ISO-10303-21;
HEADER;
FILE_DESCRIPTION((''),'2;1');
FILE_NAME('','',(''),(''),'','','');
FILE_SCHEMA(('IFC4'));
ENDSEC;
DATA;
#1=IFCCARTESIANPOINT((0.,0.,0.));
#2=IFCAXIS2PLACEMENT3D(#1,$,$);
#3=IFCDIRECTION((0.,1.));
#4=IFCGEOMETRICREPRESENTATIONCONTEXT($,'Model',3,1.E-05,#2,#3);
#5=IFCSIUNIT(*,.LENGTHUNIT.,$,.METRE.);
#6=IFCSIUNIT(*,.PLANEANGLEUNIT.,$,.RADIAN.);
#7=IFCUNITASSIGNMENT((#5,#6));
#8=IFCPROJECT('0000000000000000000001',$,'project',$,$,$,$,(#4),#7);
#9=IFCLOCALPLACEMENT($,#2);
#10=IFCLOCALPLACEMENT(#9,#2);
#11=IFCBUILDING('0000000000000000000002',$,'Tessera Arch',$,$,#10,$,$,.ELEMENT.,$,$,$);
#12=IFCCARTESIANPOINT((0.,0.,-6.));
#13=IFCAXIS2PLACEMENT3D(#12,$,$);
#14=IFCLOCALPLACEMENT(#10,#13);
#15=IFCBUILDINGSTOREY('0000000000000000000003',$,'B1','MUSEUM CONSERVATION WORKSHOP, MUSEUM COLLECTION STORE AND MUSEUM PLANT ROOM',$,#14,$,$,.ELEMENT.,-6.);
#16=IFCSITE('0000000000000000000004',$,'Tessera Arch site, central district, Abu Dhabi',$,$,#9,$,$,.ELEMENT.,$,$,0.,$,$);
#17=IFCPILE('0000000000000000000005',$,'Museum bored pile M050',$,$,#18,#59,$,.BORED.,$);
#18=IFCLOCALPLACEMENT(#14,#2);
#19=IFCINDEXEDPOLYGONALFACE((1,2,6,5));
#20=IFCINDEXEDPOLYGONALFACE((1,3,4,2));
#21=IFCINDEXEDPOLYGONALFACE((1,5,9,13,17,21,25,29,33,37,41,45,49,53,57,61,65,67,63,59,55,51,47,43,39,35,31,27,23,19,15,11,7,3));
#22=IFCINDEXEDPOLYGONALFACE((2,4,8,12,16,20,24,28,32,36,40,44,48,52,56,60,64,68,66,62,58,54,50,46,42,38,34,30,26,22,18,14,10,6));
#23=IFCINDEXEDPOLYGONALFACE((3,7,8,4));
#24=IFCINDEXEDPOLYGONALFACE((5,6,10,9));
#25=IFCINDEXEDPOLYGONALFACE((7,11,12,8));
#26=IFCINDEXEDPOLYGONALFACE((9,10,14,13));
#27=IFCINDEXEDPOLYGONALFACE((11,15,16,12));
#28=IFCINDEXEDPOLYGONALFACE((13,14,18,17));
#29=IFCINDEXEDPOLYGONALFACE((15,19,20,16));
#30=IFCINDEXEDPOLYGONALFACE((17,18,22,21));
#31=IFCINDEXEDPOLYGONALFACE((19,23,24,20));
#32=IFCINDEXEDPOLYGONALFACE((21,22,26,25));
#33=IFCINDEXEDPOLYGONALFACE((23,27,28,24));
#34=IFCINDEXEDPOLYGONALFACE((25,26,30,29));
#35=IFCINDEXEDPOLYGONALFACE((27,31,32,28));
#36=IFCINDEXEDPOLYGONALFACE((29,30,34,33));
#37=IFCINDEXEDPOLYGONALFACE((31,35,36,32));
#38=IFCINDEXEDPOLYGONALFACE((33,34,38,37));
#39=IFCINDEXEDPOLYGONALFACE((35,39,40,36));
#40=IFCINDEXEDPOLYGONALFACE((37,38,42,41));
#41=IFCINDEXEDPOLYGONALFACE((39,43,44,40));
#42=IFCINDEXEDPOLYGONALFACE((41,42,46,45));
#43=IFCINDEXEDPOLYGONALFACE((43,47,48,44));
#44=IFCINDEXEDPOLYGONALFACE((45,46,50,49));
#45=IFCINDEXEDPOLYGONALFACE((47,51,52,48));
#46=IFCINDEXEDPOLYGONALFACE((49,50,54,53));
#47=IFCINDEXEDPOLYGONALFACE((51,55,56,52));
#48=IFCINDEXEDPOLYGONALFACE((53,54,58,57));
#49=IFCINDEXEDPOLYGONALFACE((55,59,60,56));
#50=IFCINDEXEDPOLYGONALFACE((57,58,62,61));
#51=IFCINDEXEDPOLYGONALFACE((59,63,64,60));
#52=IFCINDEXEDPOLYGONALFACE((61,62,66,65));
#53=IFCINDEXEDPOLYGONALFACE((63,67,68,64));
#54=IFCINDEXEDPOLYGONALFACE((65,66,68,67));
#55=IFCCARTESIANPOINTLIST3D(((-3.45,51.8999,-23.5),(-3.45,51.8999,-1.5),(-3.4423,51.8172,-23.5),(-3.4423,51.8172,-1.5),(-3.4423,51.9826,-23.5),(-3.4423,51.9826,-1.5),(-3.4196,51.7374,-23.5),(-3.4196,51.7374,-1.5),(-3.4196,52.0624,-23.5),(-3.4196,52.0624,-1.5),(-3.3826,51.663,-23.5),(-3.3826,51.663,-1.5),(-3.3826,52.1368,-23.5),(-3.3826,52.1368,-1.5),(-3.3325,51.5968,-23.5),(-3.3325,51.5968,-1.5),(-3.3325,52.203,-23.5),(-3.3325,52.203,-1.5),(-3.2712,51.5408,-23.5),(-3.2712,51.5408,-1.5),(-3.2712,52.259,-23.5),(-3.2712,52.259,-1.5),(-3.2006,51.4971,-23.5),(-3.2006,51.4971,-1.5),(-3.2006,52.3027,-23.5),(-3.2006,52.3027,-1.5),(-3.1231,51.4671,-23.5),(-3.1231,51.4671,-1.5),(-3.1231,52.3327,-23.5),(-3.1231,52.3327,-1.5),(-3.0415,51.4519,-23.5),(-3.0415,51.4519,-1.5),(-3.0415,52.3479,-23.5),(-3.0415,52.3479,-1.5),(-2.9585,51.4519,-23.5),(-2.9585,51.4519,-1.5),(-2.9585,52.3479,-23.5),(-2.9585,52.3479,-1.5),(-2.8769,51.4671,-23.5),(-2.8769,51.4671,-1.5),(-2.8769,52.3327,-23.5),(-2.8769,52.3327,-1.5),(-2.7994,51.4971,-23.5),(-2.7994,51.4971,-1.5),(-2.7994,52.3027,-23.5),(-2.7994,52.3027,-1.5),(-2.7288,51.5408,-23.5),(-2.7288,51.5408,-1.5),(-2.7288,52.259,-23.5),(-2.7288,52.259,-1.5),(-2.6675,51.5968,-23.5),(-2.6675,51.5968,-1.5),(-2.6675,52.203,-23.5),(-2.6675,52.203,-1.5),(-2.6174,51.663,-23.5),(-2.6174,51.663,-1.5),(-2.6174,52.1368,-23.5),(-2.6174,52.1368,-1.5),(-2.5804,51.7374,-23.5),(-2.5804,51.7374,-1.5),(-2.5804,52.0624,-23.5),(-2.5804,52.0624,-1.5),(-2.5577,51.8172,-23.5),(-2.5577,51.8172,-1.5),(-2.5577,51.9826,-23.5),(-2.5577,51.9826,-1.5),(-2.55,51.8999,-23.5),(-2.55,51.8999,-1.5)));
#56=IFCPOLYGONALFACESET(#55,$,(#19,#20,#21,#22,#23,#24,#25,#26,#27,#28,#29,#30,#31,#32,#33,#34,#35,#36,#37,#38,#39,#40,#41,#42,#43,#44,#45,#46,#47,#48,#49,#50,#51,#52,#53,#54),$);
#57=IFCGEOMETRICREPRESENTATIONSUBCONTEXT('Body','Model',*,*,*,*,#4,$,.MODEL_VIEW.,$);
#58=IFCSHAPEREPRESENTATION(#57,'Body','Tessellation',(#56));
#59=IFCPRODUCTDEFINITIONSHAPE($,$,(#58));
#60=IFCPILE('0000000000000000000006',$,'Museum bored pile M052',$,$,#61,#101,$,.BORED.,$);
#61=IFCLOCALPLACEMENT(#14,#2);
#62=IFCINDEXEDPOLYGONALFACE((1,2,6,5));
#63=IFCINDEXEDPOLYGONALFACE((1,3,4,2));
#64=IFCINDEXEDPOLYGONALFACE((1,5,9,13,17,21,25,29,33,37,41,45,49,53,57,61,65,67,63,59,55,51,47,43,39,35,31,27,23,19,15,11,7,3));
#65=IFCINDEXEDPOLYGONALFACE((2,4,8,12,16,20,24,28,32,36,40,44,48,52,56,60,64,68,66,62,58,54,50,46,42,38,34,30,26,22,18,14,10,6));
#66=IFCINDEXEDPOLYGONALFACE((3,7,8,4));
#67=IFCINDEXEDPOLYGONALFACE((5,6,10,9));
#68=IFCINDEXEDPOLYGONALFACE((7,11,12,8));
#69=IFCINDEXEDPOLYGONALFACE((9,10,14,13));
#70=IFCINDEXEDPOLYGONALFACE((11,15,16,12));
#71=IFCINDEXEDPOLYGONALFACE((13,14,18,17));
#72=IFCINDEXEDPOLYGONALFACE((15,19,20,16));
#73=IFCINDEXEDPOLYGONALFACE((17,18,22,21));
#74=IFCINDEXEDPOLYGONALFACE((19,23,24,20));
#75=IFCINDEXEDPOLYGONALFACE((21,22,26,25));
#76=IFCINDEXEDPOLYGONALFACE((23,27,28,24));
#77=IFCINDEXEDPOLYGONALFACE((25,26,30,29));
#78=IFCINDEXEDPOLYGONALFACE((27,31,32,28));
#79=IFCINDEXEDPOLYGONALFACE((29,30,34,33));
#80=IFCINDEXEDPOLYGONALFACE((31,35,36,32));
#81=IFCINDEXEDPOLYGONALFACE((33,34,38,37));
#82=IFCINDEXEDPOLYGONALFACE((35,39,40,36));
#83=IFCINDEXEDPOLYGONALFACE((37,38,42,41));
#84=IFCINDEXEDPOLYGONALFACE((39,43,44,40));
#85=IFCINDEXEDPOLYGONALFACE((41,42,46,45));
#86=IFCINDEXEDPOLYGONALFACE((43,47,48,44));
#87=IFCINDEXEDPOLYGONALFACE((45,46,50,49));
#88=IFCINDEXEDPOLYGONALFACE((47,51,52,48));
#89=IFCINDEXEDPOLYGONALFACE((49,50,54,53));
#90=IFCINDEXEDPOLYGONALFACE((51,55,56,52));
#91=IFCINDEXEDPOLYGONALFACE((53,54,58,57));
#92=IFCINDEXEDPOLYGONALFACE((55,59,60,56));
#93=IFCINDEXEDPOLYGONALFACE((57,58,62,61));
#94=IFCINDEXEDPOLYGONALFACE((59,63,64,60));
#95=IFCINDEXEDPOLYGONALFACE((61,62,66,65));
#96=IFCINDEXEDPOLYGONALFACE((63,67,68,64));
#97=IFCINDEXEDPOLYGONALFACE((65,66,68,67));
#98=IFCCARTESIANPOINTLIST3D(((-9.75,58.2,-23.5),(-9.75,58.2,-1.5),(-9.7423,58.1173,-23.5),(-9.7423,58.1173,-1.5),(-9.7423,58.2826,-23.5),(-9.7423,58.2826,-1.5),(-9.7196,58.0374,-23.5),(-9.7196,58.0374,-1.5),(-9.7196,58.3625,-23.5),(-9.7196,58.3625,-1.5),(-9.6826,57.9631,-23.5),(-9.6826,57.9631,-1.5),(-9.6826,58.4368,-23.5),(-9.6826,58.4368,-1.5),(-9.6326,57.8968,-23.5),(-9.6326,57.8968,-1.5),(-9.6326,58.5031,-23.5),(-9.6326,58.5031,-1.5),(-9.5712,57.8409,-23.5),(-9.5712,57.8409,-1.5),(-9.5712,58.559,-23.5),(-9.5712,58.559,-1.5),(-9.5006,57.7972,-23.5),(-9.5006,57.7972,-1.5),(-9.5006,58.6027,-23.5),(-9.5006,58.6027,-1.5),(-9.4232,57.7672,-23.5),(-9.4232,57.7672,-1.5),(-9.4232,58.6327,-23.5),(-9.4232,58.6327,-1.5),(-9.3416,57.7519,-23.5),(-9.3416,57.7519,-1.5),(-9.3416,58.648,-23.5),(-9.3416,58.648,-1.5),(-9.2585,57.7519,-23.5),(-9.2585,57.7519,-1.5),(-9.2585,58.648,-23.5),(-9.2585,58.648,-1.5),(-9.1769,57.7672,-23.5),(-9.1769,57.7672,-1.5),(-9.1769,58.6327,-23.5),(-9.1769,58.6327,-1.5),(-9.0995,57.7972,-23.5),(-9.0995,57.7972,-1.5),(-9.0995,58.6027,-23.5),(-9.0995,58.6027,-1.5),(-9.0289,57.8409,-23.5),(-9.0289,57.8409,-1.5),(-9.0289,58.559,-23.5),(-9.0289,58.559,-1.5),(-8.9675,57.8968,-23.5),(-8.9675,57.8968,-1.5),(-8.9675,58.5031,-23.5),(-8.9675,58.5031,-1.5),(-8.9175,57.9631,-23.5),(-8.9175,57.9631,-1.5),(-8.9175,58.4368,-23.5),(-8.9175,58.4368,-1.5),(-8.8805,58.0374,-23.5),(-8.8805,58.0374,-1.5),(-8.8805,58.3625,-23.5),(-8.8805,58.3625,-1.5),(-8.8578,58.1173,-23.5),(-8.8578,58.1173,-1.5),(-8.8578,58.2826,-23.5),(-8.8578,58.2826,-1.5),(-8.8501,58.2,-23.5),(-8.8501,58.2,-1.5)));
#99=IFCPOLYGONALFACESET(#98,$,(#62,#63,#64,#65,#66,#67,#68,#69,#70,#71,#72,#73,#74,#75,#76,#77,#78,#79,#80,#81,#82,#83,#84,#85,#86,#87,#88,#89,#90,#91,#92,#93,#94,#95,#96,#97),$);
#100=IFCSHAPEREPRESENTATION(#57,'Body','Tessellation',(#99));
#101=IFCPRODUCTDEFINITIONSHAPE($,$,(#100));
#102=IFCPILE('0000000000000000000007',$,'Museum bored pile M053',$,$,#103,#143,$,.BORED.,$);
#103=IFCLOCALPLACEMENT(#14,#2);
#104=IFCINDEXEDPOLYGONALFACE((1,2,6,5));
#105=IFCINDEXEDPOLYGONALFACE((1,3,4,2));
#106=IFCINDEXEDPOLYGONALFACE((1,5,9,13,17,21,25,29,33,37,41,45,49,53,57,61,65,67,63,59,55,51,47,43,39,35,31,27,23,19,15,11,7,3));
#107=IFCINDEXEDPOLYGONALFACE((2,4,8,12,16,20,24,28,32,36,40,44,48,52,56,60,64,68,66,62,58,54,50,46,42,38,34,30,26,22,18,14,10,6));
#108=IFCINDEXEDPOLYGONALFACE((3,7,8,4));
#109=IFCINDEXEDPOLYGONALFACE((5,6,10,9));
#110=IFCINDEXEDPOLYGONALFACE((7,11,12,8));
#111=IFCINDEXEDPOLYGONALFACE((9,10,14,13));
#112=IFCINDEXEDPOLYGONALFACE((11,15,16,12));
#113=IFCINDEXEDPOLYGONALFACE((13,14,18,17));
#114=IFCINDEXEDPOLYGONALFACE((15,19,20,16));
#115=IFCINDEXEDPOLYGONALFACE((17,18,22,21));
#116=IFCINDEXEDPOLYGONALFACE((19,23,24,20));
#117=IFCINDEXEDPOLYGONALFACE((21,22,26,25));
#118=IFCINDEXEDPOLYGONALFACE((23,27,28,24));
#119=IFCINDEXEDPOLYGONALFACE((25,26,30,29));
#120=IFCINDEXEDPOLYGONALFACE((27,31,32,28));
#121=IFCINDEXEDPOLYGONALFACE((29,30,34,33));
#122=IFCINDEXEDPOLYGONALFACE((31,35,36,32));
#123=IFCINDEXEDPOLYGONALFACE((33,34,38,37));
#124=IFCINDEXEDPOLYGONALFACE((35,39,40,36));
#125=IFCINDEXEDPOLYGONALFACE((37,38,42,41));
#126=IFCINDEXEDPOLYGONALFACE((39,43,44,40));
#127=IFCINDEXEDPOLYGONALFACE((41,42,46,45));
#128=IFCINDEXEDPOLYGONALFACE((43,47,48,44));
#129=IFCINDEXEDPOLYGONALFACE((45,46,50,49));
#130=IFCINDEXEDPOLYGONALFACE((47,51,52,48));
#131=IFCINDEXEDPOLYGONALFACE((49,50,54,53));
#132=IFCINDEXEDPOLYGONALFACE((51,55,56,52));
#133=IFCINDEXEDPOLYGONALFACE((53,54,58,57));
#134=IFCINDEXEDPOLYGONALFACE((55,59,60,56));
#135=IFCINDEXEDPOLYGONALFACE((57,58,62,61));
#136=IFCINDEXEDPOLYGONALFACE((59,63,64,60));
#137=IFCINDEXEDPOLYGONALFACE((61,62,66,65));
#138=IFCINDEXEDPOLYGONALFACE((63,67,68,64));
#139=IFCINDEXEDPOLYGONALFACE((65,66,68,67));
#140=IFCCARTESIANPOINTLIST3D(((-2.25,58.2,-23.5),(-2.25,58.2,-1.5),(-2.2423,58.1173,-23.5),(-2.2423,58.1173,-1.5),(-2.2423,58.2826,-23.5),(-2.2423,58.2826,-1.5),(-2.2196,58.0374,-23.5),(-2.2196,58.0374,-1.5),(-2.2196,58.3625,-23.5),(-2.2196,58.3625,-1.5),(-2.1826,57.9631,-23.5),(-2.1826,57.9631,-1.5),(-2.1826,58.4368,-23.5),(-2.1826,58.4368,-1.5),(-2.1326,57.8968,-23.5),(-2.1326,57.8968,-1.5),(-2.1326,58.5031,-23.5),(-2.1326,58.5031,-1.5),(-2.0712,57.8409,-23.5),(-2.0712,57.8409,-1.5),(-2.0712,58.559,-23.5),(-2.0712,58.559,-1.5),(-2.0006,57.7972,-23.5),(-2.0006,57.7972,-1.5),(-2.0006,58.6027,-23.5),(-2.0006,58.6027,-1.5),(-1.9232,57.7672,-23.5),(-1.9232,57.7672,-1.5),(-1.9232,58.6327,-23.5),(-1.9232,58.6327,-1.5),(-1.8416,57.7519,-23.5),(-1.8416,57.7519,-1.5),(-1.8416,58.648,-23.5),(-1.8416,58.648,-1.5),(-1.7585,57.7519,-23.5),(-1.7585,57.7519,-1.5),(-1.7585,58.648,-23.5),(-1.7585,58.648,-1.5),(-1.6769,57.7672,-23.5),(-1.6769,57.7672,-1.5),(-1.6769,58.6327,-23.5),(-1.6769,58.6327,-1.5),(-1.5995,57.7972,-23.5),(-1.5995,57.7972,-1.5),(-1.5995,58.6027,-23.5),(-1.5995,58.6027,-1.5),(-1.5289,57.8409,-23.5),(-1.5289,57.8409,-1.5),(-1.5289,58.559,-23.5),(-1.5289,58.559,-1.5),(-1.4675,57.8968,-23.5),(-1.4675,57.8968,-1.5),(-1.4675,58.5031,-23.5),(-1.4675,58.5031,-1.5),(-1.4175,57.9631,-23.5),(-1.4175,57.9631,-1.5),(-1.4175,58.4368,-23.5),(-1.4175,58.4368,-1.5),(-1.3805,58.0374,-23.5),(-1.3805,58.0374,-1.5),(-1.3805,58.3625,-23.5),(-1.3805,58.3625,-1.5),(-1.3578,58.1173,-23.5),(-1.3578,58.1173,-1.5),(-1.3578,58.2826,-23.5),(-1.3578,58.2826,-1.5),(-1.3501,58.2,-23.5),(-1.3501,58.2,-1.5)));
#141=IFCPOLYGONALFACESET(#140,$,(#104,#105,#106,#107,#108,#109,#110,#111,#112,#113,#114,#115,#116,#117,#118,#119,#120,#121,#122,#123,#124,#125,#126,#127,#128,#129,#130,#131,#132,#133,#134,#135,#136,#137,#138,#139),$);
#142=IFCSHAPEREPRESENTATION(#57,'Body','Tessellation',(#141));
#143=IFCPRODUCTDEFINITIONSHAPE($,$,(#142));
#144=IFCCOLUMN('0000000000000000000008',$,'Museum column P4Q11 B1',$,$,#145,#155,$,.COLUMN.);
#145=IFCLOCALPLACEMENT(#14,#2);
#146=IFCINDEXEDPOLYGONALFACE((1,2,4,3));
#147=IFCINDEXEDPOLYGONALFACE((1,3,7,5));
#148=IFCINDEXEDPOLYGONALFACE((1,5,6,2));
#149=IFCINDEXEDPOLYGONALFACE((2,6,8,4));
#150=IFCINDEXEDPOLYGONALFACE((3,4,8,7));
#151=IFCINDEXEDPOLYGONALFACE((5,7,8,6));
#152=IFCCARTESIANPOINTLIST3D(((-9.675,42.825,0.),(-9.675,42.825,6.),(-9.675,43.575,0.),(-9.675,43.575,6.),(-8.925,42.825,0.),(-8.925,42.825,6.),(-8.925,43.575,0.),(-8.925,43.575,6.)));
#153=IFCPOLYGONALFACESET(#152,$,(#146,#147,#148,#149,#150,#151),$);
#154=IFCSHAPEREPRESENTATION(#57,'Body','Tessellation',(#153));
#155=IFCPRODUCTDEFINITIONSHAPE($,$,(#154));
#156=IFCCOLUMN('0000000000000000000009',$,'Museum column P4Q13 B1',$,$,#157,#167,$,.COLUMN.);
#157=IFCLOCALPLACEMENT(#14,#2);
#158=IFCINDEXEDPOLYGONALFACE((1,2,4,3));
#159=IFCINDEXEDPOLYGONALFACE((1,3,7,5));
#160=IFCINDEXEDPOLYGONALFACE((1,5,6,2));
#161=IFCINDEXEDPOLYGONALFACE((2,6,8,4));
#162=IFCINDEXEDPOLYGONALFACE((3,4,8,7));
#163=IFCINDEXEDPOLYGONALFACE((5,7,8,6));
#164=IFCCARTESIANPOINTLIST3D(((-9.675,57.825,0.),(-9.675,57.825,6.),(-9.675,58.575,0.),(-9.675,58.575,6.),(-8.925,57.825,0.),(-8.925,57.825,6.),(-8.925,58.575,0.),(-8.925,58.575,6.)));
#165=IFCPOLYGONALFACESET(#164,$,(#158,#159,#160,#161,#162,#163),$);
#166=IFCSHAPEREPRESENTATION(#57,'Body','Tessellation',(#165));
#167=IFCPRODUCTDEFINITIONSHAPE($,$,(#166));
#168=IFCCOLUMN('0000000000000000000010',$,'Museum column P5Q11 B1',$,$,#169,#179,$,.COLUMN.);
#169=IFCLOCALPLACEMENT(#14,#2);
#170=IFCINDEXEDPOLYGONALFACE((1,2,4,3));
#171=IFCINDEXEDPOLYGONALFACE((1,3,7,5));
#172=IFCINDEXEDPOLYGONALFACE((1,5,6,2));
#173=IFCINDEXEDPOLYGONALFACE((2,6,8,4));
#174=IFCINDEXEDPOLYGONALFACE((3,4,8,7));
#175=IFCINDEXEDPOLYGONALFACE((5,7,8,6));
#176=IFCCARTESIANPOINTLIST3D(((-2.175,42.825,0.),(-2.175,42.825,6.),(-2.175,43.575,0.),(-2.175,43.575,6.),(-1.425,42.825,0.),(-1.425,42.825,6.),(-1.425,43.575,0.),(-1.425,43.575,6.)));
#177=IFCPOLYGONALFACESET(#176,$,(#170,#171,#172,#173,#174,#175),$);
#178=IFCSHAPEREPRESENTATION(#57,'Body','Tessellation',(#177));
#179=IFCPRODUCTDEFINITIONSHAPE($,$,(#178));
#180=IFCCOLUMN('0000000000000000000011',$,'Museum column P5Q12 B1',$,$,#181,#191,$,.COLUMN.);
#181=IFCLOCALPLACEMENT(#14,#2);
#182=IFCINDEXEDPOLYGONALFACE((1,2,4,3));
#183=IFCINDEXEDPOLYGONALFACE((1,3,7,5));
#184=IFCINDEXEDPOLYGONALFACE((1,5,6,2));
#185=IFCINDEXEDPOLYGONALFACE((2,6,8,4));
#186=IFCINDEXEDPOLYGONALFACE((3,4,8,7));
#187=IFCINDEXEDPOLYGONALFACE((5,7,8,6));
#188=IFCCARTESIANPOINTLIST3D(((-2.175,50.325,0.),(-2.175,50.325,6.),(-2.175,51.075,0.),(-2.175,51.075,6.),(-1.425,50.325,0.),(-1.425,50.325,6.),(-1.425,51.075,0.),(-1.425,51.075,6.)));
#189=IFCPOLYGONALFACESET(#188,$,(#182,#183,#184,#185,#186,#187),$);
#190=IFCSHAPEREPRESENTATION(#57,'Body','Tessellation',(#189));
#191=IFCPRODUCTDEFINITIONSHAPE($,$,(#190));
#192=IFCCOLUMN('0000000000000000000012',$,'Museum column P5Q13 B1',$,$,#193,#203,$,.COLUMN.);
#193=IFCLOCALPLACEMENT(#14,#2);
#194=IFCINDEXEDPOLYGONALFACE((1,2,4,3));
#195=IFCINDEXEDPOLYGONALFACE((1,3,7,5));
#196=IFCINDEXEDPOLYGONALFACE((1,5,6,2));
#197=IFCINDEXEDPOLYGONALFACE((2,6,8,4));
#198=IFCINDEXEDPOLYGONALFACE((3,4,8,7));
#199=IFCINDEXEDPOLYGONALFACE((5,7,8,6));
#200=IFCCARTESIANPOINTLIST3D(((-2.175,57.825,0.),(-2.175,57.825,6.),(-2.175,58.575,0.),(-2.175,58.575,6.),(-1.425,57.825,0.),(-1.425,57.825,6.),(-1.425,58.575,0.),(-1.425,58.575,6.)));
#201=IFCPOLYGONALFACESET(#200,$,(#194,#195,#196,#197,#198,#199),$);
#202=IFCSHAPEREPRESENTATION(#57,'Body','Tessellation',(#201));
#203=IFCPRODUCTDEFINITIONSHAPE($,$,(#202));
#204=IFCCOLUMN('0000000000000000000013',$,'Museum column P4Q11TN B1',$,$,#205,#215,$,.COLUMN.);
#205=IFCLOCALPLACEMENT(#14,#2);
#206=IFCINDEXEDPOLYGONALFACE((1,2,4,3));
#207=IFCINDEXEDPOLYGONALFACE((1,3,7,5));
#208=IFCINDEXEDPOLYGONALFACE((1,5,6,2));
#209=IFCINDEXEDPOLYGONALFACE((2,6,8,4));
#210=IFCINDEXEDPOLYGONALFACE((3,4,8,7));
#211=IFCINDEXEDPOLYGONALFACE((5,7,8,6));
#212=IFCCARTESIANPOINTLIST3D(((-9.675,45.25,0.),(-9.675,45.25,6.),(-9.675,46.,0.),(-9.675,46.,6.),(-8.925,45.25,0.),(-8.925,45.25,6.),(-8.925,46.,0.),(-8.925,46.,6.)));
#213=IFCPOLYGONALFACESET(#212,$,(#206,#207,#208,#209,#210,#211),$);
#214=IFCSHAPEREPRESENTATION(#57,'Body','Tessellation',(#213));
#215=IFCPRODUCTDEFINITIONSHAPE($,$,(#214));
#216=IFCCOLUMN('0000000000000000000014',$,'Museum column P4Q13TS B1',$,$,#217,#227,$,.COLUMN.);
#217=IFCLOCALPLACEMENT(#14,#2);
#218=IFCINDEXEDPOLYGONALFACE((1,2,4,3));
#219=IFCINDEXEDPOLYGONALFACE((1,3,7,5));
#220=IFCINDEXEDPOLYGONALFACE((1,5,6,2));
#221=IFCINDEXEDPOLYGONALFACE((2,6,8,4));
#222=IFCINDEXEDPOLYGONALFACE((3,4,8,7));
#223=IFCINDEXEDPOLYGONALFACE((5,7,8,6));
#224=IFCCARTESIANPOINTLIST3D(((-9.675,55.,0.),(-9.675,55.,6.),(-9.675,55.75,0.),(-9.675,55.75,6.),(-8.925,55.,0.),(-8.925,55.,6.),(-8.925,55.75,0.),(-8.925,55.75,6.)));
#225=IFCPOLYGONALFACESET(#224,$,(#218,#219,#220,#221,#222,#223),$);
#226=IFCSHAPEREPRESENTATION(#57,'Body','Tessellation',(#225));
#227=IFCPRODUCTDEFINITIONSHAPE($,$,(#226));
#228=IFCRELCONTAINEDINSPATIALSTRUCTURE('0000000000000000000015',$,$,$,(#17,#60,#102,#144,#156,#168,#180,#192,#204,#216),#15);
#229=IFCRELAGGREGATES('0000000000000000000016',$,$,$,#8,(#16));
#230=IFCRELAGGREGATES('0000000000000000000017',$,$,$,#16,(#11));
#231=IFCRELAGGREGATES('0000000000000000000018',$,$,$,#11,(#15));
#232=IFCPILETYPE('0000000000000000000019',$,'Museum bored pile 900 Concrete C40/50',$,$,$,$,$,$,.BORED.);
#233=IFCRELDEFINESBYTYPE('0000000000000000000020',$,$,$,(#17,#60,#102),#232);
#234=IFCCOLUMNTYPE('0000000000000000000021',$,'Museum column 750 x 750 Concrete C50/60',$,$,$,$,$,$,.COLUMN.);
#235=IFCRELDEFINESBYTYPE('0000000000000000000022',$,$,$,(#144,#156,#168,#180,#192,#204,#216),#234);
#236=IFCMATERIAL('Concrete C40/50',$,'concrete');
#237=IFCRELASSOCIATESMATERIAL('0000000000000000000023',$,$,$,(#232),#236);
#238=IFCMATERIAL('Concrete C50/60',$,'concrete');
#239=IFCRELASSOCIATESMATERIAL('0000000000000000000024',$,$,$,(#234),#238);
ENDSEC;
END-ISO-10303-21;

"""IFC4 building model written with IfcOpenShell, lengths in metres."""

from ifc_helpers import new_model, si_unit, direction, frame, origin, origin_2d, place, context, subcontext, project, spatial, rectangle, circle, extrude, material, material_profile, profile_set, type_object, element, save


model = new_model("IFC4")

# Units and contexts
model_context = context("Model", 3, precision=1e-05, world=origin(), true_north=direction((0.0, 1.0)))
body_context = subcontext(model_context, "Body", "Model", "MODEL_VIEW")
ifc_project = project(units=[si_unit("LENGTHUNIT", "METRE"), si_unit("PLANEANGLEUNIT", "RADIAN")], contexts=[model_context])

# Site, building, storey
site_placement = place(None, origin())
site = spatial("IfcSite", under=ifc_project, at=site_placement, Name="Tessera Arch site, central district, Abu Dhabi", CompositionType="ELEMENT", RefElevation=0.0)
building_placement = place(site_placement, origin())
building = spatial("IfcBuilding", under=site, at=building_placement, Name="Tessera Arch", CompositionType="ELEMENT")
storey_placement = place(building_placement, frame((0.0, 0.0, -6.0)))
storey = spatial("IfcBuildingStorey", under=building, at=storey_placement, Name="B1", Description="MUSEUM CONSERVATION WORKSHOP, MUSEUM COLLECTION STORE AND MUSEUM PLANT ROOM", CompositionType="ELEMENT", Elevation=-6.0)

# Piles
ifc_material_1 = material(Name="Concrete C40/50", Category="concrete")
pile_type_1 = type_object("IfcPileType", Name="Museum bored pile 900 Concrete C40/50", PredefinedType="BORED", material=ifc_material_1)
for number, where, z_axis, x_axis, name in (
    (1, (-3.0, 51.8999, -1.5), (0.0, 0.0, -1.0), (1.0, 0.0, 0.0), "Museum bored pile M050"),
    (2, (-9.3, 58.2, -1.5), (0.0, 0.0, -1.0), (1.0, 0.0, 0.0), "Museum bored pile M052"),
    (3, (-1.8, 58.2, -1.5), (0.0, 0.0, -1.0), (1.0, 0.0, 0.0), "Museum bored pile M053"),
):
    element("IfcPile", number, at=place(storey_placement, frame(where, z_axis=z_axis, x_axis=x_axis)), inside=storey, type_object=pile_type_1, Name=name, PredefinedType="BORED", context=body_context, shape_type="SweptSolid", body=[
        extrude(circle(Radius=0.45, at=origin_2d()), origin(), (0.0, 0.0, 1.0), 22.0),
    ])

# Columns
ifc_material_2 = material(Name="Concrete C50/60", Category="concrete")
ifc_material_profile_1 = material_profile(ifc_material_2, rectangle(XDim=0.75, YDim=0.75, at=origin_2d()), Name="Museum column 750 x 750 Concrete C50/60")
ifc_profile_set_1 = profile_set([ifc_material_profile_1], Name="Concrete C50/60")
column_type_1 = type_object("IfcColumnType", Name="Museum column 750 x 750 Concrete C50/60", PredefinedType="COLUMN", material=ifc_profile_set_1)
for number, where, z_axis, x_axis, name in (
    (4, (-9.3, 43.2, 0.0), (0.0, 0.0, 1.0), (1.0, 0.0, 0.0), "Museum column P4Q11 B1"),
    (5, (-9.3, 58.2, 0.0), (0.0, 0.0, 1.0), (1.0, 0.0, 0.0), "Museum column P4Q13 B1"),
    (6, (-1.8, 43.2, 0.0), (0.0, 0.0, 1.0), (1.0, 0.0, 0.0), "Museum column P5Q11 B1"),
    (7, (-1.8, 50.7, 0.0), (0.0, 0.0, 1.0), (1.0, 0.0, 0.0), "Museum column P5Q12 B1"),
    (8, (-1.8, 58.2, 0.0), (0.0, 0.0, 1.0), (1.0, 0.0, 0.0), "Museum column P5Q13 B1"),
    (9, (-9.3, 45.625, 0.0), (0.0, 0.0, 1.0), (1.0, 0.0, 0.0), "Museum column P4Q11TN B1"),
    (10, (-9.3, 55.375, 0.0), (0.0, 0.0, 1.0), (1.0, 0.0, 0.0), "Museum column P4Q13TS B1"),
):
    element("IfcColumn", number, at=place(storey_placement, frame(where, z_axis=z_axis, x_axis=x_axis)), inside=storey, type_object=column_type_1, Name=name, PredefinedType="COLUMN", context=body_context, shape_type="SweptSolid", body=[
        extrude(rectangle(XDim=0.75, YDim=0.75, at=origin_2d()), origin(), (0.0, 0.0, 1.0), 6.0),
    ])

save(model, "model.ifc")
